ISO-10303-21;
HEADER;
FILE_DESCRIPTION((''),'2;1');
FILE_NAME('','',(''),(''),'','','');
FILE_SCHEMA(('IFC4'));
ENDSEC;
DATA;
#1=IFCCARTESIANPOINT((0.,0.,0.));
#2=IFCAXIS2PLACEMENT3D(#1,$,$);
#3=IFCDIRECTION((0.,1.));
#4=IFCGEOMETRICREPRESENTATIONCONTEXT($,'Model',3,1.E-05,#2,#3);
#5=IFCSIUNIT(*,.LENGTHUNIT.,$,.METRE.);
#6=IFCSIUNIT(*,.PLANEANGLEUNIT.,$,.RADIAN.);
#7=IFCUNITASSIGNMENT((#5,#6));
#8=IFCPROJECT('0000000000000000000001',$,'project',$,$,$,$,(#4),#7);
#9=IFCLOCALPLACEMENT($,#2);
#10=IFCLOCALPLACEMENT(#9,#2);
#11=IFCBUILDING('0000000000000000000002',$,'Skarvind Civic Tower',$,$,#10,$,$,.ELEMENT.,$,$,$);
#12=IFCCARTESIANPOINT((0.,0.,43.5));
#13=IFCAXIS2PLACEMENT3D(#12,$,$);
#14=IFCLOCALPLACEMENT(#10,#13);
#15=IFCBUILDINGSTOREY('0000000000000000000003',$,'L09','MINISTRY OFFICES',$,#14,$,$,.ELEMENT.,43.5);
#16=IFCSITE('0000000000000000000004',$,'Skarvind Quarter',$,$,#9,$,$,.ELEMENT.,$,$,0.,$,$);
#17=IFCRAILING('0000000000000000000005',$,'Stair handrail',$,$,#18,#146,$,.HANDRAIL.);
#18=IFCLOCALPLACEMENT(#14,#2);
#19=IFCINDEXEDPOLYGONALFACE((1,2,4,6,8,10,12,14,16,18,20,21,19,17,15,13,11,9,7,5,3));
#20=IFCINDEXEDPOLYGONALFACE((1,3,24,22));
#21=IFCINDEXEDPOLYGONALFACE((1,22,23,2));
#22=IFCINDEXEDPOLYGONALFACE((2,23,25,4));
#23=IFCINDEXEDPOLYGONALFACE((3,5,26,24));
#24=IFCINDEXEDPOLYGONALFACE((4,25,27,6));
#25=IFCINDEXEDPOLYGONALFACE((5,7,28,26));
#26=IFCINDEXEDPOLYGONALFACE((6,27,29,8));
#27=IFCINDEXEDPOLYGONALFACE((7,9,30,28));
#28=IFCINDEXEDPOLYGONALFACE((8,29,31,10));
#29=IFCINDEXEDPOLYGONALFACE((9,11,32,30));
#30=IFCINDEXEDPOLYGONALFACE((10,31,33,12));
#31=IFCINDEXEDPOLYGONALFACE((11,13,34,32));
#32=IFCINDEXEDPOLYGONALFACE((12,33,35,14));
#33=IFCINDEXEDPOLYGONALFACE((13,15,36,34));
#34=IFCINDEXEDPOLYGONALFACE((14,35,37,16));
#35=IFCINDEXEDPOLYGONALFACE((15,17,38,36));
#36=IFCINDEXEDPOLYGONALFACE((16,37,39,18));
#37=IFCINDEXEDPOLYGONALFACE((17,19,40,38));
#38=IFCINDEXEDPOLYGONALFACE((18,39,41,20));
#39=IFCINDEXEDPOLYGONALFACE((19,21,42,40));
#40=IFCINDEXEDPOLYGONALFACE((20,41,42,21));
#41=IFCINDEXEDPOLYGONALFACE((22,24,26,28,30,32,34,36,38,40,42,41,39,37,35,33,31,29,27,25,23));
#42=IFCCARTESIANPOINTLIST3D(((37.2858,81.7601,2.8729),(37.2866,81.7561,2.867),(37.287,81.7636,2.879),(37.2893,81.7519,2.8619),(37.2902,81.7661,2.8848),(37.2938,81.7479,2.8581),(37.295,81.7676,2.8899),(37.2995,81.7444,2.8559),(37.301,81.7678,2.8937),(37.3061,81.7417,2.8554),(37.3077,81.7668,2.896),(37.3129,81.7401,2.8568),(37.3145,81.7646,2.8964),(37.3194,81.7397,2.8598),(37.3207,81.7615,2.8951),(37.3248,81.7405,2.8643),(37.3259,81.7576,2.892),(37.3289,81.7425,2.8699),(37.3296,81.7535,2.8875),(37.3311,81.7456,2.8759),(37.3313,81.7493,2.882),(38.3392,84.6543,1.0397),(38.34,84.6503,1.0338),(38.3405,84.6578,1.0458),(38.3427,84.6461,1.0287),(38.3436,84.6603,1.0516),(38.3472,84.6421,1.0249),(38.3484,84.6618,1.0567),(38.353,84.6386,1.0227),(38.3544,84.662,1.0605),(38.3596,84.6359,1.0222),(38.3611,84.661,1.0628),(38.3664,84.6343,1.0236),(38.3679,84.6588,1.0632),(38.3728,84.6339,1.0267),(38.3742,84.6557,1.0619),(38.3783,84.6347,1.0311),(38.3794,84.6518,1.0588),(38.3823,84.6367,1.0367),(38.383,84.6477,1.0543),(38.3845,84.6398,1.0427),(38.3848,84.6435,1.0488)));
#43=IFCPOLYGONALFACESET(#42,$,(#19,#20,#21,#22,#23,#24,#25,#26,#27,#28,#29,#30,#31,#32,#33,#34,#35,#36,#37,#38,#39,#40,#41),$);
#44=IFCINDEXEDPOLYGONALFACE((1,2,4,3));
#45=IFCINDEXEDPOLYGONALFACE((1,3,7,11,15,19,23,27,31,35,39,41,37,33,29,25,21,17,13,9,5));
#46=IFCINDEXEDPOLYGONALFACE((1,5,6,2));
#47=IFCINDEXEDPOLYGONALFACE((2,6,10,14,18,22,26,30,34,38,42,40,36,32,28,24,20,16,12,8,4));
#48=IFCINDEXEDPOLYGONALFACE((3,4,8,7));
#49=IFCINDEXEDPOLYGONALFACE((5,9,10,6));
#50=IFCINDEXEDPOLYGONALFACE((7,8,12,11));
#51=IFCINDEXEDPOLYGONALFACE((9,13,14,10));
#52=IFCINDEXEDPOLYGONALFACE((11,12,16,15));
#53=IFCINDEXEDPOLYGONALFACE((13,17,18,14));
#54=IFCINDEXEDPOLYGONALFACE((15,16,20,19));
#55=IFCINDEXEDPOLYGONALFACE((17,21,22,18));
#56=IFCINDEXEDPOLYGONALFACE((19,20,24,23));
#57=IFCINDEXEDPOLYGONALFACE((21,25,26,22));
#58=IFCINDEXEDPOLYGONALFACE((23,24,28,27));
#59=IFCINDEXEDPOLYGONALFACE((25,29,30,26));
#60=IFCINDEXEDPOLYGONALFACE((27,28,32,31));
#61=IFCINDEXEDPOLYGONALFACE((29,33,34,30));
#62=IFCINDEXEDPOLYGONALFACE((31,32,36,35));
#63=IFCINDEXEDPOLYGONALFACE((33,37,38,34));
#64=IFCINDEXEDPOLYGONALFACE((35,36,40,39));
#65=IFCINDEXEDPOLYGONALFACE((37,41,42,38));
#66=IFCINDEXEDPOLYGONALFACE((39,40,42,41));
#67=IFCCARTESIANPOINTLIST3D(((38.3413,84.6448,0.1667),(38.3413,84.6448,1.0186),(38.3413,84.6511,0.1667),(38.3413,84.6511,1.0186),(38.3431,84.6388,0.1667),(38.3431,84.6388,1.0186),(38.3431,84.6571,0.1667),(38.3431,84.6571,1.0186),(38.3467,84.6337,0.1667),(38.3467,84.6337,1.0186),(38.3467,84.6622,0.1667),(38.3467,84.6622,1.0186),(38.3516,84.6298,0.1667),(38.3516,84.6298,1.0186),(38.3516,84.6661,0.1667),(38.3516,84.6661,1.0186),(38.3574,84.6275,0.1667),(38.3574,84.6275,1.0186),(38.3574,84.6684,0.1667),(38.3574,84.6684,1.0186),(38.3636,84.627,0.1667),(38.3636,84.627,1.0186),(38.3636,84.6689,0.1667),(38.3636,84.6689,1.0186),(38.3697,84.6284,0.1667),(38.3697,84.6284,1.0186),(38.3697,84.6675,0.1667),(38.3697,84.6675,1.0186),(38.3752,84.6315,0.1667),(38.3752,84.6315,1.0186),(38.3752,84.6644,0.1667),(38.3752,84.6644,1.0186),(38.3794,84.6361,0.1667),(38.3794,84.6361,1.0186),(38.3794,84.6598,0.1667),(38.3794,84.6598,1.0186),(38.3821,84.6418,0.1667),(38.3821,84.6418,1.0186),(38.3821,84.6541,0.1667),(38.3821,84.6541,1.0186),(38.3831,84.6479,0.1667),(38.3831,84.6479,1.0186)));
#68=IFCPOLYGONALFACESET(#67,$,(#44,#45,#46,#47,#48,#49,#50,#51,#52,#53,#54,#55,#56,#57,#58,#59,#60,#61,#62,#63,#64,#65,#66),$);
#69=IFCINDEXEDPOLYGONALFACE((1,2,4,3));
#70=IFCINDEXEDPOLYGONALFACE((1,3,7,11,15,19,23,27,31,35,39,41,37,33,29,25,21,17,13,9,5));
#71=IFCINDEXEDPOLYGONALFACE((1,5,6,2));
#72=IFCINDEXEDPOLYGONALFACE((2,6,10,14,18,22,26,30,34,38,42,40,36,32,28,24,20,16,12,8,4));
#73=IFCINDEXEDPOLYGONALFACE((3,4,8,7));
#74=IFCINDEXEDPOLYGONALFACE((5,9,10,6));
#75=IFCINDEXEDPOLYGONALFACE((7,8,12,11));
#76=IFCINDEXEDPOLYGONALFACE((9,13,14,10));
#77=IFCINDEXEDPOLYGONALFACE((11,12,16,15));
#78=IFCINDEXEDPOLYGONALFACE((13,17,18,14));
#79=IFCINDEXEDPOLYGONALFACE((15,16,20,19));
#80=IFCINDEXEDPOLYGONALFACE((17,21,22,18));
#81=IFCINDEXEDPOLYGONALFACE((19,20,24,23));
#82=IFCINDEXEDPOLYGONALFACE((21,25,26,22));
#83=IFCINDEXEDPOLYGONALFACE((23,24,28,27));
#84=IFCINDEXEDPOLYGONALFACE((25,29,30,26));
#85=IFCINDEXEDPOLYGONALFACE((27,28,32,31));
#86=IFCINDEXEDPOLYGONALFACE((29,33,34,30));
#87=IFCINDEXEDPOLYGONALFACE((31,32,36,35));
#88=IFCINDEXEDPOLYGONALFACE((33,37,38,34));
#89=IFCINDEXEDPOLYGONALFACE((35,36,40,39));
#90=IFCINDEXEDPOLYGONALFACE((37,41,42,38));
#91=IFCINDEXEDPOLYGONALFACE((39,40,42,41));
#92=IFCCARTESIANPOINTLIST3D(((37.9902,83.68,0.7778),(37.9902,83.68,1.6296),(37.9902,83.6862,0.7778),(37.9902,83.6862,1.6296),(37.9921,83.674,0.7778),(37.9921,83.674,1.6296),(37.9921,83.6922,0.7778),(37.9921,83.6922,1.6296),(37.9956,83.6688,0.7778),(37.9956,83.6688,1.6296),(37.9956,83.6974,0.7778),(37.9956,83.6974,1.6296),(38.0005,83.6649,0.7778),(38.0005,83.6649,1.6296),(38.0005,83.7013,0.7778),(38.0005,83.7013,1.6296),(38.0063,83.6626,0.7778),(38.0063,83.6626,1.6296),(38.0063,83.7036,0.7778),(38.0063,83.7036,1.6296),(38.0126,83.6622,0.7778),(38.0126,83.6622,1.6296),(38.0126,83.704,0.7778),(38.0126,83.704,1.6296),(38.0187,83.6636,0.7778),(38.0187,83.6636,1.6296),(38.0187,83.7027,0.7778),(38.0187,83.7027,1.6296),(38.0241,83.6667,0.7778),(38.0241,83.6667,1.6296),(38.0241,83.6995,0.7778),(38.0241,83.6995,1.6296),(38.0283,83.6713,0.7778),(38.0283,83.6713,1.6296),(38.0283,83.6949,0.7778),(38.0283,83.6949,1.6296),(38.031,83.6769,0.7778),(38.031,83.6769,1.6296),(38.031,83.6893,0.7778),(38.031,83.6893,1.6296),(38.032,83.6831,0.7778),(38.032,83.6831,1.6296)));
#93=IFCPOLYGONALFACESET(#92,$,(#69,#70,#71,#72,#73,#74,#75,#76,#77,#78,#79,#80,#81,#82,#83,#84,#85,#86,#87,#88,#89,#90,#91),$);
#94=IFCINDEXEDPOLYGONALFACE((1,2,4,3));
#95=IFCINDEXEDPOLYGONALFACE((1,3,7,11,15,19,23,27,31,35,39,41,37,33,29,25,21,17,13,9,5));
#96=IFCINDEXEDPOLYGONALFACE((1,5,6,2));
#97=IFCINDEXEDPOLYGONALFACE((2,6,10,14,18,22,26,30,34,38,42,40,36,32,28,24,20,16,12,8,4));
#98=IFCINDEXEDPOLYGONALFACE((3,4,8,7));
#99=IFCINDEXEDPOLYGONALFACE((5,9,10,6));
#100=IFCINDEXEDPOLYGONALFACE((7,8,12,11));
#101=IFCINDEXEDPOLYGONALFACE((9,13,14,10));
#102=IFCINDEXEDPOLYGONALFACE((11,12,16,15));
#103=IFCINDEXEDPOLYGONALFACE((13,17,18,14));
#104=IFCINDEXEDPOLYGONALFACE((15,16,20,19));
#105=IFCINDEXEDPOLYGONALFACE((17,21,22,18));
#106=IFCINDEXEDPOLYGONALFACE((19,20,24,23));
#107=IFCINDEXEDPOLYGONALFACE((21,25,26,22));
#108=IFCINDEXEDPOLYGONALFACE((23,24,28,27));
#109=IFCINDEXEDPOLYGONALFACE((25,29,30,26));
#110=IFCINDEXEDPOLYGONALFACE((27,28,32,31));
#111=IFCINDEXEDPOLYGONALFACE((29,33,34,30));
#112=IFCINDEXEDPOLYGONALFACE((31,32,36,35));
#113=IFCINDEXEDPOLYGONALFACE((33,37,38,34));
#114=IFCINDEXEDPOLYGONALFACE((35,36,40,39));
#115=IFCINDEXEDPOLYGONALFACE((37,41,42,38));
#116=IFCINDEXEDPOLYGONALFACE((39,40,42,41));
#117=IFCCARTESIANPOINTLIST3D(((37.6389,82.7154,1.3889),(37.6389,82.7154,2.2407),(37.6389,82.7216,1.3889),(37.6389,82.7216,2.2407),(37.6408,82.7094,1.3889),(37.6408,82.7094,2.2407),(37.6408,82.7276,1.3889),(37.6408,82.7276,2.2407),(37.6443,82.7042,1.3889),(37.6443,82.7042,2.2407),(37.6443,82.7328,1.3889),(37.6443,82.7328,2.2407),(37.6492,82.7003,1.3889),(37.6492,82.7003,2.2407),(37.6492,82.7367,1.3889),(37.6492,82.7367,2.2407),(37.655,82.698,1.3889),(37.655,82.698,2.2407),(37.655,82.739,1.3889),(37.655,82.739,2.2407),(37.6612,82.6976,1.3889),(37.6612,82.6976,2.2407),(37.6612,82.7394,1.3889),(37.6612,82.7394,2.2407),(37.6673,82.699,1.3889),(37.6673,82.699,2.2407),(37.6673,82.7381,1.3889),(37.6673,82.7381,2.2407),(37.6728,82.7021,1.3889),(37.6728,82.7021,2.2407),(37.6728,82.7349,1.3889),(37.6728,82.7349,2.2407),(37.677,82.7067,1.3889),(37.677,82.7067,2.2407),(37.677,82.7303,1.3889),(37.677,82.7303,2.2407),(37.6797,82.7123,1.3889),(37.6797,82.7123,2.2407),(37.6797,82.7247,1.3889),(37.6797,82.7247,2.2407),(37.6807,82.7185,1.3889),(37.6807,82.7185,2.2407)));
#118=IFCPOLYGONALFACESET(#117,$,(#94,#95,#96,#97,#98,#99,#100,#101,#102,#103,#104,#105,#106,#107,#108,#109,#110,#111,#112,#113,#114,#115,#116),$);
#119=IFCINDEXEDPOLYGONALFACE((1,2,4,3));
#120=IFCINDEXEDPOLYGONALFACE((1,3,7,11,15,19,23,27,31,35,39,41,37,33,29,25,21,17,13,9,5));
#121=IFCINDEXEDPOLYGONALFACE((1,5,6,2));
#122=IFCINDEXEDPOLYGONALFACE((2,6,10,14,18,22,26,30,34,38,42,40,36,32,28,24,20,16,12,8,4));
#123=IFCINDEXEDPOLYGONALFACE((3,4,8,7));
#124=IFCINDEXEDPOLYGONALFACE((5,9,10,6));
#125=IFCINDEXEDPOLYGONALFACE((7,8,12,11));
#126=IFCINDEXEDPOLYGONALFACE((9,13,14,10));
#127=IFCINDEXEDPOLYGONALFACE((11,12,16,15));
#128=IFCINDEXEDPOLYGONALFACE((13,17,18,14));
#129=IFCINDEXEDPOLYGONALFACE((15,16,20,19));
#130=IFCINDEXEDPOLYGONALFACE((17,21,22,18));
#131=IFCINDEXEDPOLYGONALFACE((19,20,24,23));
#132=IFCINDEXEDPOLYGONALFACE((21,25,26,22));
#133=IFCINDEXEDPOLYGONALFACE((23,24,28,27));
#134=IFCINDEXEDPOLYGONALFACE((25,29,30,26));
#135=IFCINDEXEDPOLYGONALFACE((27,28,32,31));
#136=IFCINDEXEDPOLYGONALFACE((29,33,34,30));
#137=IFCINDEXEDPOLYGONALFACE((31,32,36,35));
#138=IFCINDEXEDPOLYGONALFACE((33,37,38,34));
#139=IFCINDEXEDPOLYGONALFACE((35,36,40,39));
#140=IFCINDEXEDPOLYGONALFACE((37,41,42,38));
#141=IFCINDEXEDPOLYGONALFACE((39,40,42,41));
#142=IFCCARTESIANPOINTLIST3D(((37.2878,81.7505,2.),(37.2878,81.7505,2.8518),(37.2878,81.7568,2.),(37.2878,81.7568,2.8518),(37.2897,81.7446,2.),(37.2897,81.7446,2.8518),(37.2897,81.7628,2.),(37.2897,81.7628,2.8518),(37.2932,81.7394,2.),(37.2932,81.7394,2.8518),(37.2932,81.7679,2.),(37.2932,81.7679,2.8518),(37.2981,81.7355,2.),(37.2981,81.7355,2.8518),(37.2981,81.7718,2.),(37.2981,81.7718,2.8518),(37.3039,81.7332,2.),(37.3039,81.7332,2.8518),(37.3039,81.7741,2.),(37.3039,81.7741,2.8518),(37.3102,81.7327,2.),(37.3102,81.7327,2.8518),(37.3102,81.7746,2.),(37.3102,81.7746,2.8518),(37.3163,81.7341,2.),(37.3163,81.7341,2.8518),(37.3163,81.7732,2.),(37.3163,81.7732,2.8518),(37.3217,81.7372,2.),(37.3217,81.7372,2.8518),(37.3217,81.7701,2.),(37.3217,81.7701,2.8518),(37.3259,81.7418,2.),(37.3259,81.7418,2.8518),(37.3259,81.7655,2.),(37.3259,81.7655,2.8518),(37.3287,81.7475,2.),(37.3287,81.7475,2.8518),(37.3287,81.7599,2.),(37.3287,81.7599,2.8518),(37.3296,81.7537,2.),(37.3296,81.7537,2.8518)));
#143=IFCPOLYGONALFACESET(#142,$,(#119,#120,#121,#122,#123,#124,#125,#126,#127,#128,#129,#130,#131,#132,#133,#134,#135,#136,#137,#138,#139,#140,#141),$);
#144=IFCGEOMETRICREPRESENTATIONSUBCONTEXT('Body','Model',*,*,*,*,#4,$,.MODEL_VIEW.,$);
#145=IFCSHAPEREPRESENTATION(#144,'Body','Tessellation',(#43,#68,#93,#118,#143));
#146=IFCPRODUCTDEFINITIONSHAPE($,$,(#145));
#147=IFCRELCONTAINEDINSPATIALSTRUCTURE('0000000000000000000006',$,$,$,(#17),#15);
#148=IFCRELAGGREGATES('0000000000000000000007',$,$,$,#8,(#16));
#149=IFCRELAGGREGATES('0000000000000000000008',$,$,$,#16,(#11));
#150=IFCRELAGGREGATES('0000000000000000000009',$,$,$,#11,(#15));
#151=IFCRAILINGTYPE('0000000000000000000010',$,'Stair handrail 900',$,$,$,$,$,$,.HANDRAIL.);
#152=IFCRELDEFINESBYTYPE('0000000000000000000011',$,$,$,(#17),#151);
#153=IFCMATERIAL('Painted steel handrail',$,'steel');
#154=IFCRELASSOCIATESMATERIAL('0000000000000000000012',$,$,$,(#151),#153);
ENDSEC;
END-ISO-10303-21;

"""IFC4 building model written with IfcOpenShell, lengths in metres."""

from ifc_helpers import new_model, si_unit, direction, frame, origin, origin_2d, place, context, subcontext, project, spatial, circle, extrude, material, type_object, element, save


model = new_model("IFC4")

# Units and contexts
model_context = context("Model", 3, precision=1e-05, world=origin(), true_north=direction((0.0, 1.0)))
body_context = subcontext(model_context, "Body", "Model", "MODEL_VIEW")
ifc_project = project(units=[si_unit("LENGTHUNIT", "METRE"), si_unit("PLANEANGLEUNIT", "RADIAN")], contexts=[model_context])

# Site, building, storey
site_placement = place(None, origin())
site = spatial("IfcSite", under=ifc_project, at=site_placement, Name="Skarvind Quarter", CompositionType="ELEMENT", RefElevation=0.0)
building_placement = place(site_placement, origin())
building = spatial("IfcBuilding", under=site, at=building_placement, Name="Skarvind Civic Tower", CompositionType="ELEMENT")
storey_placement = place(building_placement, frame((0.0, 0.0, 43.5)))
storey = spatial("IfcBuildingStorey", under=building, at=storey_placement, Name="L09", Description="MINISTRY OFFICES", CompositionType="ELEMENT", Elevation=43.5)

# Railing
ifc_material_1 = material(Name="Painted steel handrail", Category="steel")
railing_type = type_object("IfcRailingType", Name="Stair handrail 900", PredefinedType="HANDRAIL", material=ifc_material_1)
railing_1_placement = place(storey_placement, frame((38.3621, 84.6479, 0.1667)))
element("IfcRailing", 1, at=railing_1_placement, inside=storey, type_object=railing_type, Name="Stair handrail", PredefinedType="HANDRAIL", context=body_context, shape_type="SweptSolid", body=[
    extrude(circle(Radius=0.0239, at=origin_2d()), frame((0.0, 0.0, 0.876), z_axis=(-0.293908, -0.807481, 0.511461), x_axis=(0.939689, -0.342029, 0.0)), (0.0, 0.0, 1.0), 3.5842),
    extrude(circle(Radius=0.021, at=origin_2d()), origin(), (0.0, 0.0, 1.0), 0.8518),
    extrude(circle(Radius=0.021, at=origin_2d()), frame((-0.3511, -0.9648, 0.6111)), (0.0, 0.0, 1.0), 0.8518),
    extrude(circle(Radius=0.021, at=origin_2d()), frame((-0.7024, -1.9294, 1.2222)), (0.0, 0.0, 1.0), 0.8518),
    extrude(circle(Radius=0.021, at=origin_2d()), frame((-1.0535, -2.8943, 1.8333)), (0.0, 0.0, 1.0), 0.8518),
])

save(model, "model.ifc")
